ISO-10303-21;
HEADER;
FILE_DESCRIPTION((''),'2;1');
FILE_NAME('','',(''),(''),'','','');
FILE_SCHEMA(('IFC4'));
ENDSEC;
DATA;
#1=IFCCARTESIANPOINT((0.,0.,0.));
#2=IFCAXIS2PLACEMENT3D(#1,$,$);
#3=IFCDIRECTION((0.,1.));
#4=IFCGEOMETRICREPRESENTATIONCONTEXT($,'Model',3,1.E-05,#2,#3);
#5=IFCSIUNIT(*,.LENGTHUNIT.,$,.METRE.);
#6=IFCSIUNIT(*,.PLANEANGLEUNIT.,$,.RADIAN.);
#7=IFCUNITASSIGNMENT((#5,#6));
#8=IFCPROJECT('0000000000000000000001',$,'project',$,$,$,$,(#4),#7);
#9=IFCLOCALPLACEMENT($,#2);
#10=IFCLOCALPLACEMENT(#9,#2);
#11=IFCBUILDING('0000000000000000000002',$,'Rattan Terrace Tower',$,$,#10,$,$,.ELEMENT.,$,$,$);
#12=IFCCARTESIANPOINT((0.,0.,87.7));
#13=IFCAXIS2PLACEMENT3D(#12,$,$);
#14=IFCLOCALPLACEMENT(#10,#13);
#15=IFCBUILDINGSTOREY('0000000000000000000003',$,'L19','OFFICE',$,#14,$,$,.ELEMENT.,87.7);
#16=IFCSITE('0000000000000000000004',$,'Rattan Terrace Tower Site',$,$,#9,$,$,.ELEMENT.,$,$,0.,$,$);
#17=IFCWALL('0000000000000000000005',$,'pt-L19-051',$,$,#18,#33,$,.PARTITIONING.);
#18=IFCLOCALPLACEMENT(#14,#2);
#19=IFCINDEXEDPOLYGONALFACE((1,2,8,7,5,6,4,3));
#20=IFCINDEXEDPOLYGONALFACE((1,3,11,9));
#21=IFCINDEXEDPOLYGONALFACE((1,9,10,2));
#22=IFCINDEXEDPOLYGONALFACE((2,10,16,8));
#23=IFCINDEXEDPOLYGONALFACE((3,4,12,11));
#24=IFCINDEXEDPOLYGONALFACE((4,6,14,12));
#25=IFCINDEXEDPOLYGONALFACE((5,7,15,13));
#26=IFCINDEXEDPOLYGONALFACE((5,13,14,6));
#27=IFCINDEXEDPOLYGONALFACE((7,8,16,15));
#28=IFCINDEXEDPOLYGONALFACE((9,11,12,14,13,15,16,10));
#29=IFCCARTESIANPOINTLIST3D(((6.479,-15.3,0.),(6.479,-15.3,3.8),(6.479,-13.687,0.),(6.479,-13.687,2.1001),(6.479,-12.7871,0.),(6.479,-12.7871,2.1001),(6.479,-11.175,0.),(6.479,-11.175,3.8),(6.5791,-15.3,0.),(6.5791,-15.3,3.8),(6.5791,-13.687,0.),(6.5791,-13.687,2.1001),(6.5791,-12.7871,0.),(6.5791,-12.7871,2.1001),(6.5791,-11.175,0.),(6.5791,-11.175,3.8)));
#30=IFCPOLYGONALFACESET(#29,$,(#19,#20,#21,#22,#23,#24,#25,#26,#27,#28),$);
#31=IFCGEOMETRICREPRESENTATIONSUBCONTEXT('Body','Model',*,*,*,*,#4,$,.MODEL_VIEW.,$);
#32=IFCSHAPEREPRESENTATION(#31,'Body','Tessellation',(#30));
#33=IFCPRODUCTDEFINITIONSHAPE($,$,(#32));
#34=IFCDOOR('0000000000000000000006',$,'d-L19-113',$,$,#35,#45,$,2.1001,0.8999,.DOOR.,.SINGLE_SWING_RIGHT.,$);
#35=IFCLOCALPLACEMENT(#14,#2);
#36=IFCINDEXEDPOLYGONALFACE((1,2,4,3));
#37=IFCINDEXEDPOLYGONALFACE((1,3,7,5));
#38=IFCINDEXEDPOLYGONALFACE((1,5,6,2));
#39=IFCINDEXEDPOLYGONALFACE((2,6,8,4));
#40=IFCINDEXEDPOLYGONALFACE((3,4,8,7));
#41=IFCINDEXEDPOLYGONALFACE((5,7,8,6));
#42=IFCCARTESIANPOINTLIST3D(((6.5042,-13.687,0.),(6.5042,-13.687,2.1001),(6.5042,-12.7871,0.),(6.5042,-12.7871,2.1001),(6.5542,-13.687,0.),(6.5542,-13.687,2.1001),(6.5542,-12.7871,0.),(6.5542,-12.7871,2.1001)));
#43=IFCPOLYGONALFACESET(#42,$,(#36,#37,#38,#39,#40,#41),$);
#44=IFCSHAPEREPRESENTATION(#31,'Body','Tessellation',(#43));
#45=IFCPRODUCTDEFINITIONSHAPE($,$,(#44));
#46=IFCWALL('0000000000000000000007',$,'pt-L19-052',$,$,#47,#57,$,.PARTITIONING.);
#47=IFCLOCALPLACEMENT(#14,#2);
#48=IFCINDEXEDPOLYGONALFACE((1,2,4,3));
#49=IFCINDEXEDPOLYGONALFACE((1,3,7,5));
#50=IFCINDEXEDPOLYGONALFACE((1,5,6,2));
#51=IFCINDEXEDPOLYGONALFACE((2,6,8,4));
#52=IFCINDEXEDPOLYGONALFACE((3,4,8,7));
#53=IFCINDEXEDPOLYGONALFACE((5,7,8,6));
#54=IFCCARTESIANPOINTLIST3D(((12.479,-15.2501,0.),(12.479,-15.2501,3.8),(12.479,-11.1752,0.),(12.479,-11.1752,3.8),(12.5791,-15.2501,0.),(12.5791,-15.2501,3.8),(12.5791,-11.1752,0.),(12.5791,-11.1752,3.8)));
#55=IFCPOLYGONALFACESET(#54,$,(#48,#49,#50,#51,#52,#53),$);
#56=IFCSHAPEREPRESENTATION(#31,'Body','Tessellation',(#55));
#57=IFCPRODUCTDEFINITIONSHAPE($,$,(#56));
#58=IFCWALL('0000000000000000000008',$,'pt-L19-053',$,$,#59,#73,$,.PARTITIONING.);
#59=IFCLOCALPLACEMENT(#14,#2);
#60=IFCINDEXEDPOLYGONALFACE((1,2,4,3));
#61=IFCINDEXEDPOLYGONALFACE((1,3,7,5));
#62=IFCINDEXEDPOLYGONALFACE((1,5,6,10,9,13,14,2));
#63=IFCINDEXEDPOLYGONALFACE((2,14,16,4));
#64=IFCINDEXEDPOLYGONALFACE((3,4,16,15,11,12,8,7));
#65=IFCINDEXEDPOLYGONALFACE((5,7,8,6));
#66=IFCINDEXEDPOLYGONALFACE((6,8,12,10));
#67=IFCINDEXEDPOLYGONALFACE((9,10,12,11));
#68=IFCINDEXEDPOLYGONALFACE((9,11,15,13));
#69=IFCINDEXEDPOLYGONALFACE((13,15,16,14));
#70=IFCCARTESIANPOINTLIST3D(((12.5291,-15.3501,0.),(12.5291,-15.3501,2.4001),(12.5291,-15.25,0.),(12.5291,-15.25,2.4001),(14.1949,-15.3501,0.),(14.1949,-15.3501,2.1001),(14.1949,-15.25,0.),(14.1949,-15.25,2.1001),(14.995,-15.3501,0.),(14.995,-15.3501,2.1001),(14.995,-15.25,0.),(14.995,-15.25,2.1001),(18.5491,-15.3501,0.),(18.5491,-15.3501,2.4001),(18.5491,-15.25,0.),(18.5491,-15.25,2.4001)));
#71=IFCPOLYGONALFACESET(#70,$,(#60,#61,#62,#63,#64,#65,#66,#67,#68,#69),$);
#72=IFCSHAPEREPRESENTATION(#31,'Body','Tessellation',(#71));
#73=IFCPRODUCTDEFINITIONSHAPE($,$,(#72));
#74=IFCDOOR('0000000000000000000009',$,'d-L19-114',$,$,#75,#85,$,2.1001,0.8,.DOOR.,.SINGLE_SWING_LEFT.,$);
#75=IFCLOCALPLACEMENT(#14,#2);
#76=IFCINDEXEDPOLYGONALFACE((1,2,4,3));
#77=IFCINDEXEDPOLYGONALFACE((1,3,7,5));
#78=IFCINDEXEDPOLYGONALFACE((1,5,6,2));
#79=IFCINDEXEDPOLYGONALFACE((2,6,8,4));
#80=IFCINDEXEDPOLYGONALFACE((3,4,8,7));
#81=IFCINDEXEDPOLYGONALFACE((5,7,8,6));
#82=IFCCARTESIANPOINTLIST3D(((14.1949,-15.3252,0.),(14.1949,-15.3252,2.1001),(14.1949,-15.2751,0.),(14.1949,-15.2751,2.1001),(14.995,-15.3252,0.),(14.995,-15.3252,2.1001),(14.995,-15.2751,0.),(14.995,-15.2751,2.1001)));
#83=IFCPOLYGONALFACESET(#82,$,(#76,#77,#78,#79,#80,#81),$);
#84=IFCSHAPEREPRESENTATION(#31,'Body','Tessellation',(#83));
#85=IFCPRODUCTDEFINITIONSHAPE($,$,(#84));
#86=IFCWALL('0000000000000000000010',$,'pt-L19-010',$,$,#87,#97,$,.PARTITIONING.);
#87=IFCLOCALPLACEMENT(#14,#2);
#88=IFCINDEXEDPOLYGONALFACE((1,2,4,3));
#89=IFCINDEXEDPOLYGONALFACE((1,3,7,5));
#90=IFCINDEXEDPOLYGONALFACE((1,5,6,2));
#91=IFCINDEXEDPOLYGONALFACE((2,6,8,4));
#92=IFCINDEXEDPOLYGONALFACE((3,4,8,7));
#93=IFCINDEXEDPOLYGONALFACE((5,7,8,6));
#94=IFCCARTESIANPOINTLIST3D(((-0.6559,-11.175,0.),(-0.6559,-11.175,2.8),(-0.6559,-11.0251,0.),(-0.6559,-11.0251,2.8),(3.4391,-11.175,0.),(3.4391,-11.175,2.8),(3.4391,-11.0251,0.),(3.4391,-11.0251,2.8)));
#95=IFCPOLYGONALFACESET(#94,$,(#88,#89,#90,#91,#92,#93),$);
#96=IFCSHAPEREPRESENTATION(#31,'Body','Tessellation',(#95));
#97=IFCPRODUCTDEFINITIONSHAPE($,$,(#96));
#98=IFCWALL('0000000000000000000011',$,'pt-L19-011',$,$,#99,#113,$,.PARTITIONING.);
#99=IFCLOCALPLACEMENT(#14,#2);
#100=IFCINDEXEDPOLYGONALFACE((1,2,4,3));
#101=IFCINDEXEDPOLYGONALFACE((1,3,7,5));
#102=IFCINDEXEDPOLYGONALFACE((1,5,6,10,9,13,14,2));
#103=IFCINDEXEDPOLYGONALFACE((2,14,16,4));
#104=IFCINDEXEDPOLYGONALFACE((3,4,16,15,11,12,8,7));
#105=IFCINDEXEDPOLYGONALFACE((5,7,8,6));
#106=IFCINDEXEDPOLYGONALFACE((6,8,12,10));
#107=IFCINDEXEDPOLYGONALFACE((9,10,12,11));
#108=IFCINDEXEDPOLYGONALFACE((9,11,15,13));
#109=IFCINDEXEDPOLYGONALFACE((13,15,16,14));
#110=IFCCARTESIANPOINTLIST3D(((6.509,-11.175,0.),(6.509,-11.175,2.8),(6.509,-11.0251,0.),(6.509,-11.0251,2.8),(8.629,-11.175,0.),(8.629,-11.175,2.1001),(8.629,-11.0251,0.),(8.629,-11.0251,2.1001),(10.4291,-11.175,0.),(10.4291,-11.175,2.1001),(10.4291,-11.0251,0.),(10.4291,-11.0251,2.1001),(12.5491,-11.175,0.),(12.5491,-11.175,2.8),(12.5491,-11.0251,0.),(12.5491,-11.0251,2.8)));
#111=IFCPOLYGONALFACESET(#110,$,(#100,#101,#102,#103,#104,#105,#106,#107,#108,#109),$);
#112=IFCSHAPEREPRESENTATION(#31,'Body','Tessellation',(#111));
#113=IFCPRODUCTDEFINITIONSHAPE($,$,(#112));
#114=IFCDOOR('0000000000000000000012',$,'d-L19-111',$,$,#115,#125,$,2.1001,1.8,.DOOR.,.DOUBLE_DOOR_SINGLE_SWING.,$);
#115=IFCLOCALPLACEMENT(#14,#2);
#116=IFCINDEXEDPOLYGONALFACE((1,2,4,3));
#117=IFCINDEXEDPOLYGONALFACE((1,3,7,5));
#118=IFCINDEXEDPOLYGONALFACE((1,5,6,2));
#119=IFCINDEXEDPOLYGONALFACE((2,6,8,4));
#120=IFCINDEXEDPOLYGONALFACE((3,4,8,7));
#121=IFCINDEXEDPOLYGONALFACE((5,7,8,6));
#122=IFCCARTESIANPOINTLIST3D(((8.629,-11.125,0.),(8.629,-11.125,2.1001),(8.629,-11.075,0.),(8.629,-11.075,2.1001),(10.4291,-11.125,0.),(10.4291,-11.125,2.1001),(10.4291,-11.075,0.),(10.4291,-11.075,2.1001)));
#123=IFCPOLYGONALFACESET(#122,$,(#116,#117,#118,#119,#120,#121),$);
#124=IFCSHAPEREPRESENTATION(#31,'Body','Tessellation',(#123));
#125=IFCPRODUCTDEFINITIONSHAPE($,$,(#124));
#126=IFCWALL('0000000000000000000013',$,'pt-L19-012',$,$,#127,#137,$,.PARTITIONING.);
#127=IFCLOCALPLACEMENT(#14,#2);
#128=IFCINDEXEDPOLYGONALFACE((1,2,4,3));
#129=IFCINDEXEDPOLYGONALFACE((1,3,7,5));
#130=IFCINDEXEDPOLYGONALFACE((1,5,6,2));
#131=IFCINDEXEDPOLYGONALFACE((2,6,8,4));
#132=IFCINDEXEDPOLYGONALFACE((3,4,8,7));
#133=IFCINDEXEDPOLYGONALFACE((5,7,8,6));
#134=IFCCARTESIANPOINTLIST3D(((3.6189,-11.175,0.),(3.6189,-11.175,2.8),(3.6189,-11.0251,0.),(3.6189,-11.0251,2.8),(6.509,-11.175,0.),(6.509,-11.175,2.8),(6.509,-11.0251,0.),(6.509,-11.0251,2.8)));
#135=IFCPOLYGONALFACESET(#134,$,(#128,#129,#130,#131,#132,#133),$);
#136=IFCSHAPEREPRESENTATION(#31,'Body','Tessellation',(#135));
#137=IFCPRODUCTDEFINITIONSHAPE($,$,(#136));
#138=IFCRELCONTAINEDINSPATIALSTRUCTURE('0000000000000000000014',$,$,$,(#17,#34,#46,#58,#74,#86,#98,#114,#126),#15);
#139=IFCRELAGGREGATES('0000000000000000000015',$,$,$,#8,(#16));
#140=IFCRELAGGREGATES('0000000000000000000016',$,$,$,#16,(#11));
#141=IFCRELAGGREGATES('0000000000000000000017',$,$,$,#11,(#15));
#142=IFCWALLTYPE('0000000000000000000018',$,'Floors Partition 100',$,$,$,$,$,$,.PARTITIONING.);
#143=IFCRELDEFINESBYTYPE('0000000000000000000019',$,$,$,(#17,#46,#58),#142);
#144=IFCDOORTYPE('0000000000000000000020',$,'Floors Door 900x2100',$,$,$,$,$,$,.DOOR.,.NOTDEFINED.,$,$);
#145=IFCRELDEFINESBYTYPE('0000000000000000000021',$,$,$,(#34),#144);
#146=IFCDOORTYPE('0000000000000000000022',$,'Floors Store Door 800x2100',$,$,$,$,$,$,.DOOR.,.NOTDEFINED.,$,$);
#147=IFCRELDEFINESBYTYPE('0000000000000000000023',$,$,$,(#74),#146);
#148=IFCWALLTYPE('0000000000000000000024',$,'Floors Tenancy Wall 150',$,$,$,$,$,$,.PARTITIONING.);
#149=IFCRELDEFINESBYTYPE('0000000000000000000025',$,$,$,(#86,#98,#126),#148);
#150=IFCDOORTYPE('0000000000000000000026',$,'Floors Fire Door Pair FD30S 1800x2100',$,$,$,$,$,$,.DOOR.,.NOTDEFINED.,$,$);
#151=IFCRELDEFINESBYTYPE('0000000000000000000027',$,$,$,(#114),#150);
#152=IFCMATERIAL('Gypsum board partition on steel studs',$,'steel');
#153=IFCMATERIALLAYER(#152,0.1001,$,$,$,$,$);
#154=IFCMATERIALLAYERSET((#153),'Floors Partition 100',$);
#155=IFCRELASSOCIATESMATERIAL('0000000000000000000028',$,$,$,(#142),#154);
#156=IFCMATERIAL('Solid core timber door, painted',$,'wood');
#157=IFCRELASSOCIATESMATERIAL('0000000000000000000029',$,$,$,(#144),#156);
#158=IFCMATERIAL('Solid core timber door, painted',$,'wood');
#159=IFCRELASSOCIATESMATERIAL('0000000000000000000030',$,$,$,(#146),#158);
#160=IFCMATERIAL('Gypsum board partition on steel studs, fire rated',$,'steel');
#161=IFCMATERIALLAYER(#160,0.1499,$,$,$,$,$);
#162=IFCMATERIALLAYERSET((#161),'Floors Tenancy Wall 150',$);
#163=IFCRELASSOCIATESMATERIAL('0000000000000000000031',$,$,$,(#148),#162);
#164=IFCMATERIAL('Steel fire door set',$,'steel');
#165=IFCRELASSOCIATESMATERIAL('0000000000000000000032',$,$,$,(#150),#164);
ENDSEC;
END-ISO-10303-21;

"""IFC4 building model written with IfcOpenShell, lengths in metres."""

from ifc_helpers import new_model, si_unit, direction, frame, frame_2d, origin, place, context, subcontext, project, spatial, rectangle, extrude, material, layer, layer_set, type_object, element, fill, save


model = new_model("IFC4")

# Units and contexts
model_context = context("Model", 3, precision=1e-05, world=origin(), true_north=direction((0.0, 1.0)))
body_context = subcontext(model_context, "Body", "Model", "MODEL_VIEW")
ifc_project = project(units=[si_unit("LENGTHUNIT", "METRE"), si_unit("PLANEANGLEUNIT", "RADIAN")], contexts=[model_context])

# Site, building, storey
site_placement = place(None, origin())
site = spatial("IfcSite", under=ifc_project, at=site_placement, Name="Rattan Terrace Tower Site", CompositionType="ELEMENT", RefElevation=0.0)
building_placement = place(site_placement, origin())
building = spatial("IfcBuilding", under=site, at=building_placement, Name="Rattan Terrace Tower", CompositionType="ELEMENT")
storey_placement = place(building_placement, frame((0.0, 0.0, 87.7)))
storey = spatial("IfcBuildingStorey", under=building, at=storey_placement, Name="L19", Description="OFFICE", CompositionType="ELEMENT", Elevation=87.7)

# Shared definitions
ifc_material_1 = material(Name="Gypsum board partition on steel studs", Category="steel")
ifc_layer_1 = layer(ifc_material_1, 0.1001)
ifc_layer_set_1 = layer_set([ifc_layer_1], Name="Floors Partition 100")
wall_type_1 = type_object("IfcWallType", Name="Floors Partition 100", PredefinedType="PARTITIONING", material=ifc_layer_set_1)

# Wall, opening, door
wall_1_placement = place(storey_placement, frame((6.5291, -15.3, 0.0), z_axis=(0.0, 0.0, 1.0), x_axis=(0.0, 1.0, 0.0)))
wall_1 = element("IfcWall", 1, at=wall_1_placement, inside=storey, type_object=wall_type_1, Name="pt-L19-051", PredefinedType="PARTITIONING", context=body_context, shape_type="SweptSolid", body=[
    extrude(rectangle(XDim=4.125, YDim=0.1001, at=frame_2d((2.0625, 0.0))), origin(), (0.0, 0.0, 1.0), 3.8),
])
opening_1_placement = place(wall_1_placement, frame((1.613, 0.0, 0.0)))
opening_1 = element("IfcOpeningElement", 2, at=opening_1_placement, cuts=wall_1, PredefinedType="OPENING", context=body_context, shape_type="SweptSolid", body=[
    extrude(rectangle(XDim=0.8999, YDim=2.1001, at=frame_2d((0.45, 1.05))), frame((0.0, 0.0605, 0.0), z_axis=(0.0, -1.0, 0.0), x_axis=(1.0, 0.0, 0.0)), (0.0, 0.0, 1.0), 0.1211),
])
ifc_material_2 = material(Name="Solid core timber door, painted", Category="wood")
door_type_1 = type_object("IfcDoorType", Name="Floors Door 900x2100", OperationType="NOTDEFINED", PredefinedType="DOOR", material=ifc_material_2)
door_1_placement = place(opening_1_placement, origin())
door_1 = element("IfcDoor", 3, at=door_1_placement, inside=storey, type_object=door_type_1, Name="d-L19-113", OperationType="SINGLE_SWING_RIGHT", OverallHeight=2.1001, OverallWidth=0.8999, PredefinedType="DOOR", context=body_context, shape_type="SweptSolid", body=[
    extrude(rectangle(XDim=0.8999, YDim=2.1001, at=frame_2d((0.45, 1.05))), frame((0.0, 0.0249, 0.0), z_axis=(0.0, -1.0, 0.0), x_axis=(1.0, 0.0, 0.0)), (0.0, 0.0, 1.0), 0.05),
])
fill(opening_1, door_1)

# Wall
wall_2_placement = place(storey_placement, frame((12.5291, -11.175, 0.0), z_axis=(0.0, 0.0, 1.0), x_axis=(0.0, -1.0, 0.0)))
element("IfcWall", 4, at=wall_2_placement, inside=storey, type_object=wall_type_1, Name="pt-L19-052", PredefinedType="PARTITIONING", context=body_context, shape_type="SweptSolid", body=[
    extrude(rectangle(XDim=4.075, YDim=0.1001, at=frame_2d((2.0376, 0.0))), origin(), (0.0, 0.0, 1.0), 3.8),
])

# Wall, opening, door
wall_3_placement = place(storey_placement, frame((12.5291, -15.3, 0.0), z_axis=(0.0, 0.0, 1.0), x_axis=(1.0, 0.0, 0.0)))
wall_3 = element("IfcWall", 5, at=wall_3_placement, inside=storey, type_object=wall_type_1, Name="pt-L19-053", PredefinedType="PARTITIONING", context=body_context, shape_type="SweptSolid", body=[
    extrude(rectangle(XDim=6.02, YDim=0.1001, at=frame_2d((3.01, 0.0))), origin(), (0.0, 0.0, 1.0), 2.4001),
])
opening_2_placement = place(wall_3_placement, frame((1.666, 0.0, 0.0)))
opening_2 = element("IfcOpeningElement", 6, at=opening_2_placement, cuts=wall_3, PredefinedType="OPENING", context=body_context, shape_type="SweptSolid", body=[
    extrude(rectangle(XDim=0.8, YDim=2.1001, at=frame_2d((0.3999, 1.05))), frame((0.0, 0.0605, 0.0), z_axis=(0.0, -1.0, 0.0), x_axis=(1.0, 0.0, 0.0)), (0.0, 0.0, 1.0), 0.1211),
])
ifc_material_3 = material(Name="Solid core timber door, painted", Category="wood")
door_type_2 = type_object("IfcDoorType", Name="Floors Store Door 800x2100", OperationType="NOTDEFINED", PredefinedType="DOOR", material=ifc_material_3)
door_2_placement = place(opening_2_placement, origin())
door_2 = element("IfcDoor", 7, at=door_2_placement, inside=storey, type_object=door_type_2, Name="d-L19-114", OperationType="SINGLE_SWING_LEFT", OverallHeight=2.1001, OverallWidth=0.8, PredefinedType="DOOR", context=body_context, shape_type="SweptSolid", body=[
    extrude(rectangle(XDim=0.8, YDim=2.1001, at=frame_2d((0.3999, 1.05))), frame((0.0, 0.0249, 0.0), z_axis=(0.0, -1.0, 0.0), x_axis=(1.0, 0.0, 0.0)), (0.0, 0.0, 1.0), 0.05),
])
fill(opening_2, door_2)

# Wall
ifc_material_4 = material(Name="Gypsum board partition on steel studs, fire rated", Category="steel")
ifc_layer_2 = layer(ifc_material_4, 0.1499)
ifc_layer_set_2 = layer_set([ifc_layer_2], Name="Floors Tenancy Wall 150")
wall_type_2 = type_object("IfcWallType", Name="Floors Tenancy Wall 150", PredefinedType="PARTITIONING", material=ifc_layer_set_2)
wall_4_placement = place(storey_placement, frame((3.439, -11.1001, 0.0), z_axis=(0.0, 0.0, 1.0), x_axis=(-1.0, 0.0, 0.0)))
element("IfcWall", 8, at=wall_4_placement, inside=storey, type_object=wall_type_2, Name="pt-L19-010", PredefinedType="PARTITIONING", context=body_context, shape_type="SweptSolid", body=[
    extrude(rectangle(XDim=4.095, YDim=0.1499, at=frame_2d((2.0474, 0.0))), origin(), (0.0, 0.0, 1.0), 2.8),
])

# Wall, opening, door
wall_5_placement = place(storey_placement, frame((12.5491, -11.1001, 0.0), z_axis=(0.0, 0.0, 1.0), x_axis=(-1.0, 0.0, 0.0)))
wall_5 = element("IfcWall", 9, at=wall_5_placement, inside=storey, type_object=wall_type_2, Name="pt-L19-011", PredefinedType="PARTITIONING", context=body_context, shape_type="SweptSolid", body=[
    extrude(rectangle(XDim=6.04, YDim=0.1499, at=frame_2d((3.02, 0.0))), origin(), (0.0, 0.0, 1.0), 2.8),
])
opening_3_placement = place(wall_5_placement, frame((2.1201, 0.0, 0.0)))
opening_3 = element("IfcOpeningElement", 10, at=opening_3_placement, cuts=wall_5, PredefinedType="OPENING", context=body_context, shape_type="SweptSolid", body=[
    extrude(rectangle(XDim=1.8, YDim=2.1001, at=frame_2d((0.8999, 1.05))), frame((0.0, 0.0854, 0.0), z_axis=(0.0, -1.0, 0.0), x_axis=(1.0, 0.0, 0.0)), (0.0, 0.0, 1.0), 0.1709),
])
ifc_material_5 = material(Name="Steel fire door set", Category="steel")
door_type_3 = type_object("IfcDoorType", Name="Floors Fire Door Pair FD30S 1800x2100", OperationType="NOTDEFINED", PredefinedType="DOOR", material=ifc_material_5)
door_3_placement = place(opening_3_placement, origin())
door_3 = element("IfcDoor", 11, at=door_3_placement, inside=storey, type_object=door_type_3, Name="d-L19-111", OperationType="DOUBLE_DOOR_SINGLE_SWING", OverallHeight=2.1001, OverallWidth=1.8, PredefinedType="DOOR", context=body_context, shape_type="SweptSolid", body=[
    extrude(rectangle(XDim=1.8, YDim=2.1001, at=frame_2d((0.8999, 1.05))), frame((0.0, 0.0249, 0.0), z_axis=(0.0, -1.0, 0.0), x_axis=(1.0, 0.0, 0.0)), (0.0, 0.0, 1.0), 0.05),
])
fill(opening_3, door_3)

# Wall
wall_6_placement = place(storey_placement, frame((6.509, -11.1001, 0.0), z_axis=(0.0, 0.0, 1.0), x_axis=(-1.0, 0.0, 0.0)))
element("IfcWall", 12, at=wall_6_placement, inside=storey, type_object=wall_type_2, Name="pt-L19-012", PredefinedType="PARTITIONING", context=body_context, shape_type="SweptSolid", body=[
    extrude(rectangle(XDim=2.8901, YDim=0.1499, at=frame_2d((1.4451, 0.0))), origin(), (0.0, 0.0, 1.0), 2.8),
])

save(model, "model.ifc")
